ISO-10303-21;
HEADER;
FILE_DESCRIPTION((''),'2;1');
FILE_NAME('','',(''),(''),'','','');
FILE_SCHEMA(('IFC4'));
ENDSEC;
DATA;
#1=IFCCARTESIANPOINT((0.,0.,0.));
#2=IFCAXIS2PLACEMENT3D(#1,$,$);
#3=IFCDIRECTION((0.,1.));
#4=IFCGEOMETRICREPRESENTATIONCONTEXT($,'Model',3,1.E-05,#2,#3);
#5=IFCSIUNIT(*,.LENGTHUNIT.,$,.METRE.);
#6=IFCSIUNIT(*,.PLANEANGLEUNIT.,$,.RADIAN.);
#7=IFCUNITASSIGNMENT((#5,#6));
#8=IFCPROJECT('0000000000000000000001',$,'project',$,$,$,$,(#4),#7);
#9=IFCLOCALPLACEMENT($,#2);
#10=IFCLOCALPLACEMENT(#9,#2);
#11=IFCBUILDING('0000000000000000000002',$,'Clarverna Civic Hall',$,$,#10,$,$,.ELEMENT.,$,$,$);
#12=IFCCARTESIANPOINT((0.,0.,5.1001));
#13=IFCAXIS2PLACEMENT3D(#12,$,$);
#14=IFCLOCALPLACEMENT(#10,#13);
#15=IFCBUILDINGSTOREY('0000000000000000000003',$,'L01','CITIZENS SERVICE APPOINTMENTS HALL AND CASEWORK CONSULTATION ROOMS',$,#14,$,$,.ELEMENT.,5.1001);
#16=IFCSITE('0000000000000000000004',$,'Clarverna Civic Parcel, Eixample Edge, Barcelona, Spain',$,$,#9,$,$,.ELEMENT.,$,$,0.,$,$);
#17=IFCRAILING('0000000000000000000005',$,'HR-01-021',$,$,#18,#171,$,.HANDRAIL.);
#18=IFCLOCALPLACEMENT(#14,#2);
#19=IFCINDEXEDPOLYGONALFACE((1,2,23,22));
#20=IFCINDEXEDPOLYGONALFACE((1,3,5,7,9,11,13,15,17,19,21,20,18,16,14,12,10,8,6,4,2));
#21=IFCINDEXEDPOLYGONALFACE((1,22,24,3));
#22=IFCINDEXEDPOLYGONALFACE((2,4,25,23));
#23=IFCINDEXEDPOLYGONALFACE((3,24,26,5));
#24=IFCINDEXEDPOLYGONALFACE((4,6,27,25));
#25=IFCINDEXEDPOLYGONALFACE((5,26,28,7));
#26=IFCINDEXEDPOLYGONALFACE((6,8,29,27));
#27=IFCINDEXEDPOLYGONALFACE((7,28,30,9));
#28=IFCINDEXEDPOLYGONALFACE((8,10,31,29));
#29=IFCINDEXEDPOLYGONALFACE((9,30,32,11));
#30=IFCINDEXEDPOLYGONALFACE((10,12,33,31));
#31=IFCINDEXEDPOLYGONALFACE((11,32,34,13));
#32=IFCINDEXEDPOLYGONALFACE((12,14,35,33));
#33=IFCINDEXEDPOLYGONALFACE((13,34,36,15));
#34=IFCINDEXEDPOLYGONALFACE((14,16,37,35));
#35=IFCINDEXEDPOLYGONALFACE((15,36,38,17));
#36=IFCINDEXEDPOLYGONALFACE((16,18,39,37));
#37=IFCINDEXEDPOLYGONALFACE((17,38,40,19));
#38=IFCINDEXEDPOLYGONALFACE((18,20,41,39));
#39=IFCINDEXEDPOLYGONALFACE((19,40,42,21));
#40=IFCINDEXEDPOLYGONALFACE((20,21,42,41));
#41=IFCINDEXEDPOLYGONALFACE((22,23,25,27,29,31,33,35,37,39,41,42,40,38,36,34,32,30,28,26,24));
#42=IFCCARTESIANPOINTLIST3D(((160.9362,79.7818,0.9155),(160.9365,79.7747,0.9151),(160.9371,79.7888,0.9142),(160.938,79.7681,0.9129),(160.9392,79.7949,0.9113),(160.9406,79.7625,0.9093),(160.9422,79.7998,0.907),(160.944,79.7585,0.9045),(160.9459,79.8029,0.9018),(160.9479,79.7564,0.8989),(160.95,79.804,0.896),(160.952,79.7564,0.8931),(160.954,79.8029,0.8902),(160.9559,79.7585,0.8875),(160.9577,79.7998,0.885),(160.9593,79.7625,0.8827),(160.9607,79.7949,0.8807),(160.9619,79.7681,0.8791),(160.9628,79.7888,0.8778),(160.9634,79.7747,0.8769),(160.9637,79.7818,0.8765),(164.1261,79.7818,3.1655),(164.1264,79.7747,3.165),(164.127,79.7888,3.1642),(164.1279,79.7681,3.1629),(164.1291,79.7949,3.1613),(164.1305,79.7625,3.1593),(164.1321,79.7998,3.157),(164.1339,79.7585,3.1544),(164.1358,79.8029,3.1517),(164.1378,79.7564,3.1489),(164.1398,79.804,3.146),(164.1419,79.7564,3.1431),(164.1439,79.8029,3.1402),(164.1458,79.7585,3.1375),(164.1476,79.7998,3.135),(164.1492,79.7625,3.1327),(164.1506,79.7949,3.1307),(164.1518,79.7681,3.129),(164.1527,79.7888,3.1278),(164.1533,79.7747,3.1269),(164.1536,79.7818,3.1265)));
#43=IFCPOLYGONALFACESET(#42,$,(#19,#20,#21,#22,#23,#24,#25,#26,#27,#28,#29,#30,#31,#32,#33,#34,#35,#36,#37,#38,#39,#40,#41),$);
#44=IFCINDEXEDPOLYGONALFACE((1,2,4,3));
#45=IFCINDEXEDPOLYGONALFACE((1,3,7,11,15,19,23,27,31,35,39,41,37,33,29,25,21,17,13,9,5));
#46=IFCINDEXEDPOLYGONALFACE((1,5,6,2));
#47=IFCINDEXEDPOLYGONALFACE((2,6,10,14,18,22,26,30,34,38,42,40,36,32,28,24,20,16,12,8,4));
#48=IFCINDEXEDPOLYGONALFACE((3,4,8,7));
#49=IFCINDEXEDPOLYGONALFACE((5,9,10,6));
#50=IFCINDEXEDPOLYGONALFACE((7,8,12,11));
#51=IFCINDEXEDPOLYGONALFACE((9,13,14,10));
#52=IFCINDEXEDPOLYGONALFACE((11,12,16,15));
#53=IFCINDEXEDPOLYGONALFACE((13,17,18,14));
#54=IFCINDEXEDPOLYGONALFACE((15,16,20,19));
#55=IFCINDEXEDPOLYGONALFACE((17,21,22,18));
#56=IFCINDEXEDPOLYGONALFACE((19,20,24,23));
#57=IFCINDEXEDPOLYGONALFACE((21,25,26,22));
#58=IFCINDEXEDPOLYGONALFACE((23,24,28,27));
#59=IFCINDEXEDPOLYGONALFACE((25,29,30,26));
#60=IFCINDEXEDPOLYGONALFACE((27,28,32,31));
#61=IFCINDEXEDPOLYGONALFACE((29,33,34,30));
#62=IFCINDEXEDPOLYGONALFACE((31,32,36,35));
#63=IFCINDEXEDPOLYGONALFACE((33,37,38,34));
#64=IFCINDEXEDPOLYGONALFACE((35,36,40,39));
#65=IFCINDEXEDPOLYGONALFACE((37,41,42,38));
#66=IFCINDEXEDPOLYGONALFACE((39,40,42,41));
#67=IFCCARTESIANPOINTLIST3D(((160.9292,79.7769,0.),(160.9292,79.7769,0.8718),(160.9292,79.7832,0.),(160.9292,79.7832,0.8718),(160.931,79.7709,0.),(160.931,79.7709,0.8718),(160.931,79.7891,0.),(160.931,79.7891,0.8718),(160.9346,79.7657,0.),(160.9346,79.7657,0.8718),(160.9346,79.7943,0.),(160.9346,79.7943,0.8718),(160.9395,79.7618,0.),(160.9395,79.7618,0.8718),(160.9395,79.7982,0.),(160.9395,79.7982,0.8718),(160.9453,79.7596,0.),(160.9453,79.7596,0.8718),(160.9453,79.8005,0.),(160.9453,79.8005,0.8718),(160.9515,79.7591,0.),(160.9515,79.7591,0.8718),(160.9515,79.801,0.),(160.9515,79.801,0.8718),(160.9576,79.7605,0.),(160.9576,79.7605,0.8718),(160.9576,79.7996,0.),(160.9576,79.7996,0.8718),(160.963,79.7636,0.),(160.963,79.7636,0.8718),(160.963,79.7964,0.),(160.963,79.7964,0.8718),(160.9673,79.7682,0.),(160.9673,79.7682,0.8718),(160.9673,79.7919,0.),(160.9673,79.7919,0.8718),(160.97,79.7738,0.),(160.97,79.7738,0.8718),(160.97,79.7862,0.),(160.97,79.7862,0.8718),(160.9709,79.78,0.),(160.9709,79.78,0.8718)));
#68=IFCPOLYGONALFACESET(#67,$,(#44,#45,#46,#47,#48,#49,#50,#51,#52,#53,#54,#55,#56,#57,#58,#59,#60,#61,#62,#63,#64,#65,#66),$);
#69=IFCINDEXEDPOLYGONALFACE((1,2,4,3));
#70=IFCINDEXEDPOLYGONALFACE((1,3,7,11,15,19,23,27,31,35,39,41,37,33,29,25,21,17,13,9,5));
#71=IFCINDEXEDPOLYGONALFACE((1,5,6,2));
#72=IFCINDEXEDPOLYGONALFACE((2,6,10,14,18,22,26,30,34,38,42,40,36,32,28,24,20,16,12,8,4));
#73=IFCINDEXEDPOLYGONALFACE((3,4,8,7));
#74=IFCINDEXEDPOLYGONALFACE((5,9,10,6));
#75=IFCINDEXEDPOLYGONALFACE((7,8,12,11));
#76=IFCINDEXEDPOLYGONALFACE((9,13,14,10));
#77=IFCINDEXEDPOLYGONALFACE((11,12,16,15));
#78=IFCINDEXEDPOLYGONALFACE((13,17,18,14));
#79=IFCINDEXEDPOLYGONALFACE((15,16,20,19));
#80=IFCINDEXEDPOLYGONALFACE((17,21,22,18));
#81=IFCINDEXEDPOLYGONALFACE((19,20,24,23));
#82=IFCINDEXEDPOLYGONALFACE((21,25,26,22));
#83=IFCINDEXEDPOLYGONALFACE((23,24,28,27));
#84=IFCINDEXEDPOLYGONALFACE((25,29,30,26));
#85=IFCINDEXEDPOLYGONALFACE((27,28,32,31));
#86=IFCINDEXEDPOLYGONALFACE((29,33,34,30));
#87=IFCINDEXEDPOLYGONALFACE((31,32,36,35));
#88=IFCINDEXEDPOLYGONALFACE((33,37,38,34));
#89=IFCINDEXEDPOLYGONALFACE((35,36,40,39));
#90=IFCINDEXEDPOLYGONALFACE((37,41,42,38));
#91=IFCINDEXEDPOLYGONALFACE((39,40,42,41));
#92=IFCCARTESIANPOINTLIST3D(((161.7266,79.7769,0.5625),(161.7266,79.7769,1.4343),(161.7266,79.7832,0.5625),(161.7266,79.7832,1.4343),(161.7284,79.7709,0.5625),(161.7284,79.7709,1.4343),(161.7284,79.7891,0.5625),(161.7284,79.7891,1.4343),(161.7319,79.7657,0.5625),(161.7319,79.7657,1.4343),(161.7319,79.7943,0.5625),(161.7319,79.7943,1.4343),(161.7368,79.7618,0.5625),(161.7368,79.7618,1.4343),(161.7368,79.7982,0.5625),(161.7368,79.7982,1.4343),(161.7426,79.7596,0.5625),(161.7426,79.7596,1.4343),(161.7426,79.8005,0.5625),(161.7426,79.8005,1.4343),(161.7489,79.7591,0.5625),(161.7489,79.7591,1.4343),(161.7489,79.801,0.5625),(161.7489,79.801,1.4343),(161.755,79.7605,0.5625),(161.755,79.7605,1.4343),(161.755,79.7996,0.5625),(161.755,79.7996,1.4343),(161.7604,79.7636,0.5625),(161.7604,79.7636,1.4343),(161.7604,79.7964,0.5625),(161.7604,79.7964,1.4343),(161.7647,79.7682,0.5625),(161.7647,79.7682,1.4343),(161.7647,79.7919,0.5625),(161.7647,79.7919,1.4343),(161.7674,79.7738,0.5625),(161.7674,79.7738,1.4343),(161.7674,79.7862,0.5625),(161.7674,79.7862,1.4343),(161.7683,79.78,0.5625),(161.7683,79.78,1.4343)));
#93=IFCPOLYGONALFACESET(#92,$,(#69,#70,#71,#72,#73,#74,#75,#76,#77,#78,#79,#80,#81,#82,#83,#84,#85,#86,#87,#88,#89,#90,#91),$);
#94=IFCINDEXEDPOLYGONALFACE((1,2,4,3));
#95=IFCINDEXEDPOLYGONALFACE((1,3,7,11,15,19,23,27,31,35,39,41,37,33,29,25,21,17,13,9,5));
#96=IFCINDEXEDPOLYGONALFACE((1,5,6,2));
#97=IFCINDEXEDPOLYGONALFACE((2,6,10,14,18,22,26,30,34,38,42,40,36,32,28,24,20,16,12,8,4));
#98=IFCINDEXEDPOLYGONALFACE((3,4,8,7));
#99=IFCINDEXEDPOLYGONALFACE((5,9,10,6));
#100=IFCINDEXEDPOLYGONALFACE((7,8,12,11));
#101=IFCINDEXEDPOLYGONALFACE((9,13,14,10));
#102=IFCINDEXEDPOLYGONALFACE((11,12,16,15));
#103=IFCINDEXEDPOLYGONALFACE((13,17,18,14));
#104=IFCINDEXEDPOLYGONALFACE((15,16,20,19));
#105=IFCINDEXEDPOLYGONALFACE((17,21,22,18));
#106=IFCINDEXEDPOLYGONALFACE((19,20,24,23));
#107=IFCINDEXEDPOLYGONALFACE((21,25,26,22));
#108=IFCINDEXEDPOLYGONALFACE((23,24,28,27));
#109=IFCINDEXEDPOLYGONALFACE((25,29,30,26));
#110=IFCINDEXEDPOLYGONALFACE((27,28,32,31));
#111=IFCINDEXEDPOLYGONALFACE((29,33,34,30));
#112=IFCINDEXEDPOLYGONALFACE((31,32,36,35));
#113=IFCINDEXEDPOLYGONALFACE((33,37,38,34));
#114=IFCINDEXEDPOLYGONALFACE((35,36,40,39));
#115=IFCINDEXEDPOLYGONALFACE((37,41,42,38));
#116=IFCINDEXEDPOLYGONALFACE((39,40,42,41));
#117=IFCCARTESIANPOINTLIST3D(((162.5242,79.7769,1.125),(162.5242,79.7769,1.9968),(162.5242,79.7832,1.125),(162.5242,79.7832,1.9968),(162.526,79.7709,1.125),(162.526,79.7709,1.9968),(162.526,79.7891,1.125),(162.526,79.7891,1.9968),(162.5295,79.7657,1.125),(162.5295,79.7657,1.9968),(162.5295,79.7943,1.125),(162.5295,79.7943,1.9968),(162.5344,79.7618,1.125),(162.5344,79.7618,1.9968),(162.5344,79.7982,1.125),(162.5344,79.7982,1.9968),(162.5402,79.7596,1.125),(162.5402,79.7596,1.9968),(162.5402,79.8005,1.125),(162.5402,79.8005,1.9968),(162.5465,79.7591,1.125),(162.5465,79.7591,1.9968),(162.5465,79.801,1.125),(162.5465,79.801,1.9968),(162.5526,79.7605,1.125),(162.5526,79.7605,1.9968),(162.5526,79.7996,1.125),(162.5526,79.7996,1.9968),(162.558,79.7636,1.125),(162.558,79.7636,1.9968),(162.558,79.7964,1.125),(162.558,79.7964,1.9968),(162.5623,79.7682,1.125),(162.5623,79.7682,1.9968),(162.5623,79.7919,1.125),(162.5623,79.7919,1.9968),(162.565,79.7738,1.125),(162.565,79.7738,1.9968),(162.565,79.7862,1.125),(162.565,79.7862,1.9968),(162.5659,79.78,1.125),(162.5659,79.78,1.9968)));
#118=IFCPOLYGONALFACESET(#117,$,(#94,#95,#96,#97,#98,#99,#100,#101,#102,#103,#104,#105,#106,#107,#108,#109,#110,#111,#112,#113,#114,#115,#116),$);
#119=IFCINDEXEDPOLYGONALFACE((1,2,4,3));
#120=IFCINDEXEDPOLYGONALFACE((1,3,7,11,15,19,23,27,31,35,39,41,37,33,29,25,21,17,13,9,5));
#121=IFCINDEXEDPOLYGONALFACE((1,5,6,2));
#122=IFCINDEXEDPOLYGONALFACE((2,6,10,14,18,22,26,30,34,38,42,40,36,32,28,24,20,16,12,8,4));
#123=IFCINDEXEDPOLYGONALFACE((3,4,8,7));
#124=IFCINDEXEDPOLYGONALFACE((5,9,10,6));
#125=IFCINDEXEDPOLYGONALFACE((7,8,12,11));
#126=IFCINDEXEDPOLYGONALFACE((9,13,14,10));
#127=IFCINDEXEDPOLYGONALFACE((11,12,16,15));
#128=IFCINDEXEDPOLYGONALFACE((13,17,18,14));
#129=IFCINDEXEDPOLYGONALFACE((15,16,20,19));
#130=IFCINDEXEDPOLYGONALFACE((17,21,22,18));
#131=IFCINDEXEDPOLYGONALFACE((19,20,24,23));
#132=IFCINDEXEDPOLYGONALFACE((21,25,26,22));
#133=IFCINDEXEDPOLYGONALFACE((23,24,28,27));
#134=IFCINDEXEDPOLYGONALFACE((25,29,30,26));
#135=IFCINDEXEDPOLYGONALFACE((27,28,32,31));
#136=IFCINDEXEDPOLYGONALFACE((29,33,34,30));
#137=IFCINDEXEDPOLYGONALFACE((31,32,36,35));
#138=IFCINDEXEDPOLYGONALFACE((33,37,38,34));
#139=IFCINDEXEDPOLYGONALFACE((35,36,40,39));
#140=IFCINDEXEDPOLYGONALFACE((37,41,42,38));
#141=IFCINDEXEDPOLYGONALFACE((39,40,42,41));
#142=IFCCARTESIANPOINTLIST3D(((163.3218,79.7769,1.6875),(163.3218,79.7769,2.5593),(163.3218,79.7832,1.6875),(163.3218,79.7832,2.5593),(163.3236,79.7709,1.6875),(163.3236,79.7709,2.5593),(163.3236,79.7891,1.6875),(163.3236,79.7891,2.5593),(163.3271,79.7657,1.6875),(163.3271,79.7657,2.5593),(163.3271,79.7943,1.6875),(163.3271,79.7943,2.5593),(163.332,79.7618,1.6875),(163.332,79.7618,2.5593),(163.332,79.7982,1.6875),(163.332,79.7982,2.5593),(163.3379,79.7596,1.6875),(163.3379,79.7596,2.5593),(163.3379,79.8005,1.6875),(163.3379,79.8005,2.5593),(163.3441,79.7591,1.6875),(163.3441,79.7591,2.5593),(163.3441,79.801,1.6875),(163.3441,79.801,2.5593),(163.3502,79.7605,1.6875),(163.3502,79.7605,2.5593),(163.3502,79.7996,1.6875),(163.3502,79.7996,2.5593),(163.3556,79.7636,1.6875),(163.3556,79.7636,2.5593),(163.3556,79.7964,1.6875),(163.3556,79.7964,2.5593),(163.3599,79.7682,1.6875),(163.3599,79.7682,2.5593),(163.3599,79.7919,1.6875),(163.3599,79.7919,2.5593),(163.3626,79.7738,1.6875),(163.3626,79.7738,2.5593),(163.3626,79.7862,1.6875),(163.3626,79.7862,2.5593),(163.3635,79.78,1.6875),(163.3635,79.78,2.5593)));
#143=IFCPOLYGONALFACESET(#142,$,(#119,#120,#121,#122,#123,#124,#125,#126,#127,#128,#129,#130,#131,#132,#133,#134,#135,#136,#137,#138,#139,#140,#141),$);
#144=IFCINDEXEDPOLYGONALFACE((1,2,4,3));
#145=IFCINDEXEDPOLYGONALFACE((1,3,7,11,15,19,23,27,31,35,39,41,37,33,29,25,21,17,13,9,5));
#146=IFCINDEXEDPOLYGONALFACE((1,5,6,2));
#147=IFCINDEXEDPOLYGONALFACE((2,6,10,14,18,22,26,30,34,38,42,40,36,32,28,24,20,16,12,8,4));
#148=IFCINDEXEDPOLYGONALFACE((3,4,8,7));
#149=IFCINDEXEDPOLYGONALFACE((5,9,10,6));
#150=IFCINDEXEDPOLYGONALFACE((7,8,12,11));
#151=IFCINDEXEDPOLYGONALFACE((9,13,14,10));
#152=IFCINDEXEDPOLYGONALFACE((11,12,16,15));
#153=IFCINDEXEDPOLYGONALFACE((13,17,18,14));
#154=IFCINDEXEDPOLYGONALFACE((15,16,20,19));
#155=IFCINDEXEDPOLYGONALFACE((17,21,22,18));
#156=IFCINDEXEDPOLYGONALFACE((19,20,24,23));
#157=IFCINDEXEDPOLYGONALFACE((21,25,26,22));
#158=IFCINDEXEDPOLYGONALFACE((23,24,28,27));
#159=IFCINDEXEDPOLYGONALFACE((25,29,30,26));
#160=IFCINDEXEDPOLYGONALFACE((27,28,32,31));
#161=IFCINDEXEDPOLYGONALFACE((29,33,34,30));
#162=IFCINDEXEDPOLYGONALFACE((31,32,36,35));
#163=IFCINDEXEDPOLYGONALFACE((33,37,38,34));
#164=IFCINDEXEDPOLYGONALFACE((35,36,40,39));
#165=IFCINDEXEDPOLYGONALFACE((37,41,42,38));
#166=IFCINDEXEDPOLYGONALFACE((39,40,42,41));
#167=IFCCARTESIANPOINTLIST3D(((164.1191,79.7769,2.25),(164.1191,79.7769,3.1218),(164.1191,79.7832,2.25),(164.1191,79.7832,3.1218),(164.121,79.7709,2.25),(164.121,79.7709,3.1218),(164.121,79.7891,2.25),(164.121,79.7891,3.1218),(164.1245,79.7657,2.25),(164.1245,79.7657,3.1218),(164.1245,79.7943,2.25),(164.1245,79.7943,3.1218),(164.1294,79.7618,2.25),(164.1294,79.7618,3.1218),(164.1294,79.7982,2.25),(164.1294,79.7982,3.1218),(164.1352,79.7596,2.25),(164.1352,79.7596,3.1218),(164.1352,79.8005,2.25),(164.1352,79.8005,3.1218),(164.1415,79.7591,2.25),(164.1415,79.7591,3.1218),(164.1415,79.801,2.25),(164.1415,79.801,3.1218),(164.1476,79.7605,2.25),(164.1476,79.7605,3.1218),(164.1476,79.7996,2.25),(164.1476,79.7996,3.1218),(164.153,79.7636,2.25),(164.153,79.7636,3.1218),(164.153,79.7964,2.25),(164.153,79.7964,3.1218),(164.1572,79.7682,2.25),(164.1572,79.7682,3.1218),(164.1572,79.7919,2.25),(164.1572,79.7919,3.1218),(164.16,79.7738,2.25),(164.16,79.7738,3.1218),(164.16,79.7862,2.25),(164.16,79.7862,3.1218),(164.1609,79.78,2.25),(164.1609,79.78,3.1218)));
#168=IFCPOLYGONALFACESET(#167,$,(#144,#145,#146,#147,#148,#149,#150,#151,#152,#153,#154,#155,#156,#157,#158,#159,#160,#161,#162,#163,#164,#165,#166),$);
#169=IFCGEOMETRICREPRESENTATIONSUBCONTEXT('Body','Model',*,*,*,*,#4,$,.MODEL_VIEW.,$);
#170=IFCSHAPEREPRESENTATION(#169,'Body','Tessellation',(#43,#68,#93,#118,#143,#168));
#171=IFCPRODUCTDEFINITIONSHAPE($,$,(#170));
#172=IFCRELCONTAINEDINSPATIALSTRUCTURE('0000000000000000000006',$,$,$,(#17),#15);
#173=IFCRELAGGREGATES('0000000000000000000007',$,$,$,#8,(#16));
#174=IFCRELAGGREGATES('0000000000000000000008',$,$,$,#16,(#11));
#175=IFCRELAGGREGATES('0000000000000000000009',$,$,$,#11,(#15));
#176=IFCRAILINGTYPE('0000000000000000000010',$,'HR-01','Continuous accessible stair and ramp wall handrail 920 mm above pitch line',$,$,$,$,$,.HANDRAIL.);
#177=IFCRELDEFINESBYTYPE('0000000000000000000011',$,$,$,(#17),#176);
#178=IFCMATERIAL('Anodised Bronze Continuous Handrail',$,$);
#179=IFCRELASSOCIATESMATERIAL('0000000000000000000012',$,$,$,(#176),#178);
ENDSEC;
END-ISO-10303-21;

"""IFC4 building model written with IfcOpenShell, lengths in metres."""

from ifc_helpers import new_model, si_unit, direction, frame, origin, origin_2d, place, context, subcontext, project, spatial, circle, extrude, material, type_object, element, save


model = new_model("IFC4")

# Units and contexts
model_context = context("Model", 3, precision=1e-05, world=origin(), true_north=direction((0.0, 1.0)))
body_context = subcontext(model_context, "Body", "Model", "MODEL_VIEW")
ifc_project = project(units=[si_unit("LENGTHUNIT", "METRE"), si_unit("PLANEANGLEUNIT", "RADIAN")], contexts=[model_context])

# Site, building, storey
site_placement = place(None, origin())
site = spatial("IfcSite", under=ifc_project, at=site_placement, Name="Clarverna Civic Parcel, Eixample Edge, Barcelona, Spain", CompositionType="ELEMENT", RefElevation=0.0)
building_placement = place(site_placement, origin())
building = spatial("IfcBuilding", under=site, at=building_placement, Name="Clarverna Civic Hall", CompositionType="ELEMENT")
storey_placement = place(building_placement, frame((0.0, 0.0, 5.1001)))
storey = spatial("IfcBuildingStorey", under=building, at=storey_placement, Name="L01", Description="CITIZENS SERVICE APPOINTMENTS HALL AND CASEWORK CONSULTATION ROOMS", CompositionType="ELEMENT", Elevation=5.1001)

# Railing
ifc_material_1 = material(Name="Anodised Bronze Continuous Handrail")
railing_type_1 = type_object("IfcRailingType", Name="HR-01", Description="Continuous accessible stair and ramp wall handrail 920 mm above pitch line", PredefinedType="HANDRAIL", material=ifc_material_1)
railing_1_placement = place(storey_placement, frame((160.95, 79.78, 0.0)))
element("IfcRailing", 1, at=railing_1_placement, inside=storey, type_object=railing_type_1, Name="HR-01-021", PredefinedType="HANDRAIL", context=body_context, shape_type="SweptSolid", body=[
    extrude(circle(Radius=0.0239, at=origin_2d()), frame((0.0, 0.0, 0.896), z_axis=(0.817176, 0.0, 0.576389), x_axis=(0.0, 1.0, 0.0)), (0.0, 0.0, 1.0), 3.9036),
    extrude(circle(Radius=0.021, at=origin_2d()), origin(), (0.0, 0.0, 1.0), 0.8718),
    extrude(circle(Radius=0.021, at=origin_2d()), frame((0.7974, 0.0, 0.5625)), (0.0, 0.0, 1.0), 0.8718),
    extrude(circle(Radius=0.021, at=origin_2d()), frame((1.595, 0.0, 1.125)), (0.0, 0.0, 1.0), 0.8718),
    extrude(circle(Radius=0.021, at=origin_2d()), frame((2.3926, 0.0, 1.6875)), (0.0, 0.0, 1.0), 0.8718),
    extrude(circle(Radius=0.021, at=origin_2d()), frame((3.1899, 0.0, 2.25)), (0.0, 0.0, 1.0), 0.8718),
])

save(model, "model.ifc")
